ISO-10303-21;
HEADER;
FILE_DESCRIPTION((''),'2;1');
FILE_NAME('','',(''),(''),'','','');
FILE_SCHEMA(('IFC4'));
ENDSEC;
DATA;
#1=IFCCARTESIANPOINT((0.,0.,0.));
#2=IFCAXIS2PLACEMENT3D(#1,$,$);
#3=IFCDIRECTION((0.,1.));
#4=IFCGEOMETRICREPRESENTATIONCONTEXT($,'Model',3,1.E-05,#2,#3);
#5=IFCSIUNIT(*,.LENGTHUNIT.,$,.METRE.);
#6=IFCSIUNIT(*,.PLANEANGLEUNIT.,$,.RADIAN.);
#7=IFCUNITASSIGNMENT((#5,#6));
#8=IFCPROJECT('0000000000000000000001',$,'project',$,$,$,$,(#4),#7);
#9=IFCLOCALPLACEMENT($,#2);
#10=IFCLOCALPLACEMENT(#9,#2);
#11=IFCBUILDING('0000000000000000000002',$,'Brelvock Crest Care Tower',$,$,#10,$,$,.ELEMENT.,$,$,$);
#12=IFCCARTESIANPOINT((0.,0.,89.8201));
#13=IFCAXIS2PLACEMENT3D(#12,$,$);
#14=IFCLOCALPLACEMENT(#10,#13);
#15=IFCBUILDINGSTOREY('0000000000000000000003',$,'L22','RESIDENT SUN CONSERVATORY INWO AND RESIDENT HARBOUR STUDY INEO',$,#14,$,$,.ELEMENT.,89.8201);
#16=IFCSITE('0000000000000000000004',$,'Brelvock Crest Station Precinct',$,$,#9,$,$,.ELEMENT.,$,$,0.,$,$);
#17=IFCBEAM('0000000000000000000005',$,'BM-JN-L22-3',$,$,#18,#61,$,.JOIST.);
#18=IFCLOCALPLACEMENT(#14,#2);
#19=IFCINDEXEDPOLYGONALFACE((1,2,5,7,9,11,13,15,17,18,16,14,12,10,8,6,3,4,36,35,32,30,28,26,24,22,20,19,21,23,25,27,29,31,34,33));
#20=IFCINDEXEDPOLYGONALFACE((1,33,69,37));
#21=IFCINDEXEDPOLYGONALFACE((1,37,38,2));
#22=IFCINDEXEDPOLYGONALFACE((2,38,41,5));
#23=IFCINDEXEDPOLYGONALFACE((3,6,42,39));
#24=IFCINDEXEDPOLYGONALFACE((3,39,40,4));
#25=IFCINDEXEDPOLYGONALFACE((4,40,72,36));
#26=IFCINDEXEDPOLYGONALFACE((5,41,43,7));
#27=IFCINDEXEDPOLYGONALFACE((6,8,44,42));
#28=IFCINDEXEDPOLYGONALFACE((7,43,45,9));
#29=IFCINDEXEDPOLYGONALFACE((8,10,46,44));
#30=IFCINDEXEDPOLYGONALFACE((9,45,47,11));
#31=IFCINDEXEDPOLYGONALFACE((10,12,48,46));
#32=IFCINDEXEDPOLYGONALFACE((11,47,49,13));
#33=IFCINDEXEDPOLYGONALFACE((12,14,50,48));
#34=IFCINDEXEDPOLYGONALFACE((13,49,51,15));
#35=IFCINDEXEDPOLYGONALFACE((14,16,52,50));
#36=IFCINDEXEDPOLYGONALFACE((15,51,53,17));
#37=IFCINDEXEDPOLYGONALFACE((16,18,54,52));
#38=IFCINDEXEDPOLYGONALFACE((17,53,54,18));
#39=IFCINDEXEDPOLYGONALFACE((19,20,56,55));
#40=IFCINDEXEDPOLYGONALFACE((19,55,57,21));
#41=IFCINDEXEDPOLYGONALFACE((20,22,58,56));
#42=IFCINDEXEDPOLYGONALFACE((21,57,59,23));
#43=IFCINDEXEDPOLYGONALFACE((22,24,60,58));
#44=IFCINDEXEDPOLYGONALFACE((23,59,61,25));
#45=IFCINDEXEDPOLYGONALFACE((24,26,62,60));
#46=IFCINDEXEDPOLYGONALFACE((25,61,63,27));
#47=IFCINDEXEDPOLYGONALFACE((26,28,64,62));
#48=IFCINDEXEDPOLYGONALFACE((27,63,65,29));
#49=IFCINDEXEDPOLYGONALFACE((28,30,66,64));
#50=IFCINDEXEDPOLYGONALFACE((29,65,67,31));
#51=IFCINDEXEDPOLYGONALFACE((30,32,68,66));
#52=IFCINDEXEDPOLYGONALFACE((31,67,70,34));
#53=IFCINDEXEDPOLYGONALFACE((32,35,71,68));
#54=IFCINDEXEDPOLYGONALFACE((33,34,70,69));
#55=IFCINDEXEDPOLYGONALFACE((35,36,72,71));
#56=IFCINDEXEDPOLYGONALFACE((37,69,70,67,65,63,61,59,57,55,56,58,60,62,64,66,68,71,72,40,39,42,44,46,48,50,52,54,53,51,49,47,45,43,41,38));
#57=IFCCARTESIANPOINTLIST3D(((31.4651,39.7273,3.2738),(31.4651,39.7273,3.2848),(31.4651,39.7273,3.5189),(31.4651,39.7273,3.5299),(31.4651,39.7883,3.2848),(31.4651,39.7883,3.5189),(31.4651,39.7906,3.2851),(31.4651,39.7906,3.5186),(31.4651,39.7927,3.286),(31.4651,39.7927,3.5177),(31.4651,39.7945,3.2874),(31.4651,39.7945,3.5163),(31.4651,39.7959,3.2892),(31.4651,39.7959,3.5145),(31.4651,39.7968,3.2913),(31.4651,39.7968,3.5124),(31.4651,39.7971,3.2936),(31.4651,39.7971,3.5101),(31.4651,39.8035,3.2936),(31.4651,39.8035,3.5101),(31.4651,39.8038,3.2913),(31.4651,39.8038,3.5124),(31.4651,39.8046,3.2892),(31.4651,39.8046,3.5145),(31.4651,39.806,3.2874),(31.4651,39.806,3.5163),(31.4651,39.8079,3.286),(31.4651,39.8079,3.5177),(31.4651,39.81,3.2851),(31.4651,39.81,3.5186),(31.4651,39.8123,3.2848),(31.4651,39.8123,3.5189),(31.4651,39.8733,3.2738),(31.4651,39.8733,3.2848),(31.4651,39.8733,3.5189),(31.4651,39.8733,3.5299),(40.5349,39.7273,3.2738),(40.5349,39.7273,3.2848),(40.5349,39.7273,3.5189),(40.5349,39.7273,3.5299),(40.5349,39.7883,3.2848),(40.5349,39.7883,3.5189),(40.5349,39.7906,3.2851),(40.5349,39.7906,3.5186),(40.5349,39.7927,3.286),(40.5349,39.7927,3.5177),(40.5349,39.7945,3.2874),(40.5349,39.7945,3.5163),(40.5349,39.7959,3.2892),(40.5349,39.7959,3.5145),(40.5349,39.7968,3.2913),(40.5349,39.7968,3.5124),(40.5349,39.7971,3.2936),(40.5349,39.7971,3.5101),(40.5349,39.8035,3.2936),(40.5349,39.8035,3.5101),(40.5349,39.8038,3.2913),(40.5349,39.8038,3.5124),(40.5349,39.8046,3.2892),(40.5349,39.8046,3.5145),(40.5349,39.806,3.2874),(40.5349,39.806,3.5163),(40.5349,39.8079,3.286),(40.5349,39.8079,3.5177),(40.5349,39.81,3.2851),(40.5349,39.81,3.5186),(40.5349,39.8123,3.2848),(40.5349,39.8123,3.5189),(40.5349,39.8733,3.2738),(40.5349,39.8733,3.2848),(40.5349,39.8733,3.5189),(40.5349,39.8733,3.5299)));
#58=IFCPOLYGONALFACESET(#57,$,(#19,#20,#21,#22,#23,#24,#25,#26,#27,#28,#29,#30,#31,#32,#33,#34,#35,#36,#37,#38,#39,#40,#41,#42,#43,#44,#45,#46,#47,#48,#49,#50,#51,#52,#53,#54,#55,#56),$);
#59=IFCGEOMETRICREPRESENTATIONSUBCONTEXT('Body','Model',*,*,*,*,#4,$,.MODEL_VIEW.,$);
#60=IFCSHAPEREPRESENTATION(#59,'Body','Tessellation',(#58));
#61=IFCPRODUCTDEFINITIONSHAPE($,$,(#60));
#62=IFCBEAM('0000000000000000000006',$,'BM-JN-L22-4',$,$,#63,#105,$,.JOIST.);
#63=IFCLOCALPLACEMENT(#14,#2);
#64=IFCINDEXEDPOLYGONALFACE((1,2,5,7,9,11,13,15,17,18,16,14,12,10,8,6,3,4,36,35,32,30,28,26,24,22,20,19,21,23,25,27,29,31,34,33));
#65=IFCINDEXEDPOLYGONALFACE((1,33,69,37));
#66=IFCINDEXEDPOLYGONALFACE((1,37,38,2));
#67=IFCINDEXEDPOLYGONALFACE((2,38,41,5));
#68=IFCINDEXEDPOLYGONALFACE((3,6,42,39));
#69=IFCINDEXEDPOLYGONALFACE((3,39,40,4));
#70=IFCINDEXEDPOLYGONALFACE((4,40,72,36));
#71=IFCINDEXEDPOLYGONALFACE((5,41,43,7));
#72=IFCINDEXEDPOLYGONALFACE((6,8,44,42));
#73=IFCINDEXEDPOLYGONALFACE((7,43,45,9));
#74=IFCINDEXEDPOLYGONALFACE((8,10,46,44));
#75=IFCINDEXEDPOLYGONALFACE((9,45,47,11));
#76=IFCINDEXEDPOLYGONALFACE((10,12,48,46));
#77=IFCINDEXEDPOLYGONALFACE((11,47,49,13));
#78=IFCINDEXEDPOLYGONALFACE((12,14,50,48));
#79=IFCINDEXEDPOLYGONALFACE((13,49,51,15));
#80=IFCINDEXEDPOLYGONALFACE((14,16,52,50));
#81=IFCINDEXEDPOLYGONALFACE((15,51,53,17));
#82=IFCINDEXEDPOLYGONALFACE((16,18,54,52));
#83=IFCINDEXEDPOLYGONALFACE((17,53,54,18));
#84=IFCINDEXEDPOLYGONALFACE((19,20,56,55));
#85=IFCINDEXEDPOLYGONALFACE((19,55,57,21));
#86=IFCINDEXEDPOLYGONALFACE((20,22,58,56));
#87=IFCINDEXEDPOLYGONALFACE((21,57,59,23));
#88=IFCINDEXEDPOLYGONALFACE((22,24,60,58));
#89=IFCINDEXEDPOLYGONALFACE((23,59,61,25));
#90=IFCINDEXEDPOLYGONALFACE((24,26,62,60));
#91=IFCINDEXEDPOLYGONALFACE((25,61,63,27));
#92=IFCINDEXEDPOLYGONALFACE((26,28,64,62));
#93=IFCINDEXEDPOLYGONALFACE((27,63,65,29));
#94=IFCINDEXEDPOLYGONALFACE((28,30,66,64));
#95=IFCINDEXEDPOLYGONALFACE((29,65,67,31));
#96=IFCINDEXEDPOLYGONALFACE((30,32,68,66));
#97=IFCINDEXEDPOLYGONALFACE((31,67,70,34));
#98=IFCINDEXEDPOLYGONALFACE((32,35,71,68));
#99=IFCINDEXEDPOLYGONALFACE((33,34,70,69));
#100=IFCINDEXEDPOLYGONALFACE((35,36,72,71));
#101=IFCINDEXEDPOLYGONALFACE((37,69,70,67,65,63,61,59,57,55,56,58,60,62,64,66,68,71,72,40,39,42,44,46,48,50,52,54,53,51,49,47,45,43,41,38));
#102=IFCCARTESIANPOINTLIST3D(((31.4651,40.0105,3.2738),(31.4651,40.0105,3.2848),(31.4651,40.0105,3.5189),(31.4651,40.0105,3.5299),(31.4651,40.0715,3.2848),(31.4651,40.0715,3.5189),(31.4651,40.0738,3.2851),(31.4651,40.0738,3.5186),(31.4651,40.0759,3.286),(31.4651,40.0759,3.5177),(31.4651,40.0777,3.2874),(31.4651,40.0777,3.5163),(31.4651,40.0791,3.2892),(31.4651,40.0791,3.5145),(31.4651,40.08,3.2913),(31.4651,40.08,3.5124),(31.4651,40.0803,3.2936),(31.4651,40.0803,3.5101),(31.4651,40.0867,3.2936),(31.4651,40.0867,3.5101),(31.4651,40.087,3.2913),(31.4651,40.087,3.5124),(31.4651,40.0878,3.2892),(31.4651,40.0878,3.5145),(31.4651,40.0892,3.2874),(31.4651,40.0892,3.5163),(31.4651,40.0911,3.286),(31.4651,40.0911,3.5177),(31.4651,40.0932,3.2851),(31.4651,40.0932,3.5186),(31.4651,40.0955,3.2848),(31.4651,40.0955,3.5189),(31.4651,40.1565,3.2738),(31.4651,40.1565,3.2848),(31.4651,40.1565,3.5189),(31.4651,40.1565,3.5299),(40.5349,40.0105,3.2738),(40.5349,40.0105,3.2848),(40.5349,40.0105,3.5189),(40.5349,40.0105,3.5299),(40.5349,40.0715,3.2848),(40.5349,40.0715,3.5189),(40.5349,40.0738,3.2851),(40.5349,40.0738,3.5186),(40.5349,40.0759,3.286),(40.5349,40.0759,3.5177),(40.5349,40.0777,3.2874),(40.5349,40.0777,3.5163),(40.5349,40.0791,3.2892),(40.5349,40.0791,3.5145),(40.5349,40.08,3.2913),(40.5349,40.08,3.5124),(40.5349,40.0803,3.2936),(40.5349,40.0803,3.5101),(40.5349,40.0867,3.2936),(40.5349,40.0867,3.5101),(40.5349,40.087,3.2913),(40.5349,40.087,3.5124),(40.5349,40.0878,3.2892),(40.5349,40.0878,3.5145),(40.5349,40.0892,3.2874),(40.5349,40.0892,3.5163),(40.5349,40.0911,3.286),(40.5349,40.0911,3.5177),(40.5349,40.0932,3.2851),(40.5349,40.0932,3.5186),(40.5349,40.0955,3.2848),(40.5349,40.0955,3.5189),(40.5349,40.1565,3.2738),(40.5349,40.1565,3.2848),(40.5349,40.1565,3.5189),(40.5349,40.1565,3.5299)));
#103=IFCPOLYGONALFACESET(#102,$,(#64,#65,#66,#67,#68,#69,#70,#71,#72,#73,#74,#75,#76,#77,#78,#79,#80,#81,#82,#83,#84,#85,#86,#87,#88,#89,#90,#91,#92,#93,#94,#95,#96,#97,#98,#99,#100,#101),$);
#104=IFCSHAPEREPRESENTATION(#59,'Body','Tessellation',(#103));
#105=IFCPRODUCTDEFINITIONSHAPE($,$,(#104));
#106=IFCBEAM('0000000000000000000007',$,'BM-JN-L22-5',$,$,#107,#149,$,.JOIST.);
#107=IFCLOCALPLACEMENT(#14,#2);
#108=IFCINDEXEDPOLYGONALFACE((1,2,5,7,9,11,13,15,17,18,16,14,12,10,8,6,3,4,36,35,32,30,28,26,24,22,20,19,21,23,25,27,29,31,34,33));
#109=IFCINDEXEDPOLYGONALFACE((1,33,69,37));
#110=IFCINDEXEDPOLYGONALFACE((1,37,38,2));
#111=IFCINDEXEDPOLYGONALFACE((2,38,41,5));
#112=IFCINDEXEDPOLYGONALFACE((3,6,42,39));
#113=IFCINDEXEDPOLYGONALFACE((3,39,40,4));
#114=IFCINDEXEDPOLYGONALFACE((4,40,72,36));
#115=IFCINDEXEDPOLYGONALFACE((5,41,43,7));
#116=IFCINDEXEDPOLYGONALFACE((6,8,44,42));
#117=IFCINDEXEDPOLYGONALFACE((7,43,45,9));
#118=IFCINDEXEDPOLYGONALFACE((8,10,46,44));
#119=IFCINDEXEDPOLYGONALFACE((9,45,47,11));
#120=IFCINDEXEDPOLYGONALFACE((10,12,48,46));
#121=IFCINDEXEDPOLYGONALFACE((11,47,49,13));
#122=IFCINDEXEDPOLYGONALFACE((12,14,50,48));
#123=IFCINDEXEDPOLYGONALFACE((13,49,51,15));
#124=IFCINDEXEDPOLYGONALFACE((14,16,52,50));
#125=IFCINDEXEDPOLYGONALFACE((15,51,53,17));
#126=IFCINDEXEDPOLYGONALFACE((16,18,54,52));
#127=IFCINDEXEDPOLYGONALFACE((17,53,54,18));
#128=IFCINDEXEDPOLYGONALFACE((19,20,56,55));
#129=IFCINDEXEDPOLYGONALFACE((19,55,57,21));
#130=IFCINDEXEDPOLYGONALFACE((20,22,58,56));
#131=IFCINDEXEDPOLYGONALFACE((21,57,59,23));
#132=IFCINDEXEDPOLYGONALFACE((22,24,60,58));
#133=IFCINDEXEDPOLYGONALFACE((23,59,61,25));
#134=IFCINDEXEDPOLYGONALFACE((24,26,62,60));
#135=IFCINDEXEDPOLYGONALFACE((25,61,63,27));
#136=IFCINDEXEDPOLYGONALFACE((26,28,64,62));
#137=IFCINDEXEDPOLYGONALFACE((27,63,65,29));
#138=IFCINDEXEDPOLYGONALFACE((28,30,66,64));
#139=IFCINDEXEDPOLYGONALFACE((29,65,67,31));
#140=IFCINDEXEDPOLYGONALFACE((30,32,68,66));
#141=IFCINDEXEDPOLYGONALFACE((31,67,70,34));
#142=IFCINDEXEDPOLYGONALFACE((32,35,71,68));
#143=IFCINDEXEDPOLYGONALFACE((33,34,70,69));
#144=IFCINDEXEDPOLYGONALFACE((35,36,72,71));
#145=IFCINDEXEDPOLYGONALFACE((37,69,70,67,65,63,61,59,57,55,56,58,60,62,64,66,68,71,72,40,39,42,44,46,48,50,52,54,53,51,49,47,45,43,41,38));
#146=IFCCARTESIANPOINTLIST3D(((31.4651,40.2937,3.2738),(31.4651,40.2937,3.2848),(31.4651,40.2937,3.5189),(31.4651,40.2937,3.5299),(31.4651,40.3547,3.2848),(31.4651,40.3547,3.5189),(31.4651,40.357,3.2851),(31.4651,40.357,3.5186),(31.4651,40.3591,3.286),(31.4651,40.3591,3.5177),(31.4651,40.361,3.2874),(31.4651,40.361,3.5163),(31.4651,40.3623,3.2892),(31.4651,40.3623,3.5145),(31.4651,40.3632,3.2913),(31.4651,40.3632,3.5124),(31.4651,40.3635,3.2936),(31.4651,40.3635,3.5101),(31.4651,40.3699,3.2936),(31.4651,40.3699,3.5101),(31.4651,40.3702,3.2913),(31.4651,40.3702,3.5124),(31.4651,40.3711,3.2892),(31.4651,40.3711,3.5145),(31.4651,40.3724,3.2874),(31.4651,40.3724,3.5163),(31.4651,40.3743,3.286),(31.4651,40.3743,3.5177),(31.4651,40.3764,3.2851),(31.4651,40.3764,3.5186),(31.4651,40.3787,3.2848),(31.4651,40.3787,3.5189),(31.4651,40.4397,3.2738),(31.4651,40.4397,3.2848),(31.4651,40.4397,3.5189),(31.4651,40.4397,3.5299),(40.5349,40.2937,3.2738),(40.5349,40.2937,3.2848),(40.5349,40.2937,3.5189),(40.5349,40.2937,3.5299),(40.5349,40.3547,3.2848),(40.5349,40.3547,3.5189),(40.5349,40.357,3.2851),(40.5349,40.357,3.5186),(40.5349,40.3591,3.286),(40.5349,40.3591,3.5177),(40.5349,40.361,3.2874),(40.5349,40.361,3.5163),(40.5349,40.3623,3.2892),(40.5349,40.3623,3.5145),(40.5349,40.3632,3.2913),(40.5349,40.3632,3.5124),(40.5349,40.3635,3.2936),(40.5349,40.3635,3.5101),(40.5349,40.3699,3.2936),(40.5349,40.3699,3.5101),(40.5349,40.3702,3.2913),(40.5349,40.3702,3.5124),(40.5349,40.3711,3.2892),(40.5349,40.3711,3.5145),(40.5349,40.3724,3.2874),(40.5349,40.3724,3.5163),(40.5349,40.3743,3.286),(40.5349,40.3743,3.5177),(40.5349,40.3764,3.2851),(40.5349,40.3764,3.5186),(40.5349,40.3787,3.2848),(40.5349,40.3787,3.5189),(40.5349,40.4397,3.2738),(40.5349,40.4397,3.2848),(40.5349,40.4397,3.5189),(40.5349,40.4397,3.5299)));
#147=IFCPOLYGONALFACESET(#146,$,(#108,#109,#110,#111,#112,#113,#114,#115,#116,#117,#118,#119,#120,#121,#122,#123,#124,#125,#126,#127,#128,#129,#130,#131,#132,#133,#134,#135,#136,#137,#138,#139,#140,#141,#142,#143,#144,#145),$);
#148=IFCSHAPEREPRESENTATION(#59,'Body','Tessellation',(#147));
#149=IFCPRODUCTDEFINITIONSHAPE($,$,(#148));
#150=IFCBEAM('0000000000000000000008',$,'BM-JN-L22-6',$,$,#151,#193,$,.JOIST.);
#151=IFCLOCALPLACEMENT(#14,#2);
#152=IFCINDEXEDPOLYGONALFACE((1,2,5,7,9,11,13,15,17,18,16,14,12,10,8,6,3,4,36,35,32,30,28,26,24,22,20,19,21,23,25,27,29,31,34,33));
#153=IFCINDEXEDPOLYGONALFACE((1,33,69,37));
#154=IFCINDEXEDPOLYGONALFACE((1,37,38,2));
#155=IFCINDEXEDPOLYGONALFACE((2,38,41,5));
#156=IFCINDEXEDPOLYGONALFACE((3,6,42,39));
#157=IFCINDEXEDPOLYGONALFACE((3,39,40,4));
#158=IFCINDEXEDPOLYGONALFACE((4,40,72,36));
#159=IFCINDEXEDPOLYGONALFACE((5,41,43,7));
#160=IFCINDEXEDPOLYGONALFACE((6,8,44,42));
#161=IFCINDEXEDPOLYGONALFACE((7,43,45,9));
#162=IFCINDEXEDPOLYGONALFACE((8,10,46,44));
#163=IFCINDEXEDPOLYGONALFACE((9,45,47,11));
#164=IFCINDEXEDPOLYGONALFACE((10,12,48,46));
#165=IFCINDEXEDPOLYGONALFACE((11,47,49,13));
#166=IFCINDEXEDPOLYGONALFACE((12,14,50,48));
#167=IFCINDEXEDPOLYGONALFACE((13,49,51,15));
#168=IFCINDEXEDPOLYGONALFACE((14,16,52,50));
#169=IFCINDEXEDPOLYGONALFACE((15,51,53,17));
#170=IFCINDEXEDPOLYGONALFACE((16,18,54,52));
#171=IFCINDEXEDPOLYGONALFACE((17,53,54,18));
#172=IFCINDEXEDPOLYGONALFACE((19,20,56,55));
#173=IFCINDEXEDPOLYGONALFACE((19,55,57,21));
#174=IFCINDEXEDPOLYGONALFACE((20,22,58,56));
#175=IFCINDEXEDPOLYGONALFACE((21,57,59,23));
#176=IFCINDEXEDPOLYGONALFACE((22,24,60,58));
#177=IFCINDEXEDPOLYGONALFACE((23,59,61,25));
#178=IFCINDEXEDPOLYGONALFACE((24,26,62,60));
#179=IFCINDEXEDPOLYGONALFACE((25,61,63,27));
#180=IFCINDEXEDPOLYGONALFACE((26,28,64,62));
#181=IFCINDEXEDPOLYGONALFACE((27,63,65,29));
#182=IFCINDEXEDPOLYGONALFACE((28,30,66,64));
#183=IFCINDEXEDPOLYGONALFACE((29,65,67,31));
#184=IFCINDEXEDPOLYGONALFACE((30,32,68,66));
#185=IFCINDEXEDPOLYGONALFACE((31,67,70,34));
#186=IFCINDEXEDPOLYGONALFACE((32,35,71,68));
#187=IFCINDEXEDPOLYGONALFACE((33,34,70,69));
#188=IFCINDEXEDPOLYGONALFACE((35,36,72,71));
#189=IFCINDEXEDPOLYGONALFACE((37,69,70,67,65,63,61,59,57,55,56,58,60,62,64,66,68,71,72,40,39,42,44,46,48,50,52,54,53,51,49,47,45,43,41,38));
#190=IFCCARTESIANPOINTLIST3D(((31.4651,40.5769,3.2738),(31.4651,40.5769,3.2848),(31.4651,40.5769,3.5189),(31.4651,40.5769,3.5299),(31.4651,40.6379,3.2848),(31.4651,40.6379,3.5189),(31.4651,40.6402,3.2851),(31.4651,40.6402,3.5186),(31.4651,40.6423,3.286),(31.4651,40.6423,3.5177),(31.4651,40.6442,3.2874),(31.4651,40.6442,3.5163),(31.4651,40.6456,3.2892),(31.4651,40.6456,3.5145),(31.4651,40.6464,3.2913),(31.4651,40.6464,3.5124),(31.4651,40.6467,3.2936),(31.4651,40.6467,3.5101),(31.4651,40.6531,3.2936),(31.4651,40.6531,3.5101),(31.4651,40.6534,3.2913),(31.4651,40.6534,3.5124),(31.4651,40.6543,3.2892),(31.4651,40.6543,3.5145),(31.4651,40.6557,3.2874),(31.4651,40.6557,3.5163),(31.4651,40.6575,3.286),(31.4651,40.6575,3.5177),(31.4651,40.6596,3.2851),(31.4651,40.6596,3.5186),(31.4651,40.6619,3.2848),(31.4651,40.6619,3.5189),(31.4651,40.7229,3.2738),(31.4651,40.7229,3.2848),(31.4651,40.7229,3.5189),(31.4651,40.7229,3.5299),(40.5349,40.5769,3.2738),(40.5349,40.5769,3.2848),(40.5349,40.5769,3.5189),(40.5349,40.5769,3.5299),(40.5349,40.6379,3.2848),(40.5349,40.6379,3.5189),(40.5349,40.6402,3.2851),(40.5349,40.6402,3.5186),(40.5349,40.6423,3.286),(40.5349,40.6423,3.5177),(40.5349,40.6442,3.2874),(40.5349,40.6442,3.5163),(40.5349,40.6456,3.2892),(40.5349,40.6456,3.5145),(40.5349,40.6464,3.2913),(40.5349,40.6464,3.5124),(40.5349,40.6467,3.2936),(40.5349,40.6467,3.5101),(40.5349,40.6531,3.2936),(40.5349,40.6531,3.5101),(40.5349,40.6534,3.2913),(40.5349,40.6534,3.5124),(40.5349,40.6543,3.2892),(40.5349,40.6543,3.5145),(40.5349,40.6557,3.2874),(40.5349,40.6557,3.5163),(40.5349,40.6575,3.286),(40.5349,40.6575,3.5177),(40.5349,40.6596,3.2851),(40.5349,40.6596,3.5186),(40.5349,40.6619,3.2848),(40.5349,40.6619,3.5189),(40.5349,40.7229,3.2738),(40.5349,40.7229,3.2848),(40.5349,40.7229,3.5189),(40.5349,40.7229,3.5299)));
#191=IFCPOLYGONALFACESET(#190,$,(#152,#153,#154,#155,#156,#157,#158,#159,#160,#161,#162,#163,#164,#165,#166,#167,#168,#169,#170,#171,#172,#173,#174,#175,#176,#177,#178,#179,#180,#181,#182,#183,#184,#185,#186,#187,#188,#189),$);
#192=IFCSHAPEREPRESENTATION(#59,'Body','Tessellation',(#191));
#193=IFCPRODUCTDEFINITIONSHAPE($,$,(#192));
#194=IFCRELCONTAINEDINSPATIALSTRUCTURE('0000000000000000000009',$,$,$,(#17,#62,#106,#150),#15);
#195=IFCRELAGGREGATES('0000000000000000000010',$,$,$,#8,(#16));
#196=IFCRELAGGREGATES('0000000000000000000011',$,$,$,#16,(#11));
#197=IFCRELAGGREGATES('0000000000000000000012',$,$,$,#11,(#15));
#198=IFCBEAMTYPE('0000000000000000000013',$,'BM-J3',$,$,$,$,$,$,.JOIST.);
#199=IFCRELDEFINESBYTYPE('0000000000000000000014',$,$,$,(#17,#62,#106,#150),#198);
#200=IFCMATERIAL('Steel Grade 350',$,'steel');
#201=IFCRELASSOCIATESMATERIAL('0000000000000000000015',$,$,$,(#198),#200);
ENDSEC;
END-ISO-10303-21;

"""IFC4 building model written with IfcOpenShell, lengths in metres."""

from ifc_helpers import new_model, si_unit, direction, frame, origin, origin_2d, place, context, subcontext, project, spatial, i_section, extrude, source, transform, mapped, material, material_profile, profile_set, type_object, element, save


model = new_model("IFC4")

# Units and contexts
model_context = context("Model", 3, precision=1e-05, world=origin(), true_north=direction((0.0, 1.0)))
body_context = subcontext(model_context, "Body", "Model", "MODEL_VIEW")
ifc_project = project(units=[si_unit("LENGTHUNIT", "METRE"), si_unit("PLANEANGLEUNIT", "RADIAN")], contexts=[model_context])

# Site, building, storey
site_placement = place(None, origin())
site = spatial("IfcSite", under=ifc_project, at=site_placement, Name="Brelvock Crest Station Precinct", CompositionType="ELEMENT", RefElevation=0.0)
building_placement = place(site_placement, origin())
building = spatial("IfcBuilding", under=site, at=building_placement, Name="Brelvock Crest Care Tower", CompositionType="ELEMENT")
storey_placement = place(building_placement, frame((0.0, 0.0, 89.8201)))
storey = spatial("IfcBuildingStorey", under=building, at=storey_placement, Name="L22", Description="RESIDENT SUN CONSERVATORY INWO AND RESIDENT HARBOUR STUDY INEO", CompositionType="ELEMENT", Elevation=89.8201)

# Beams
ifc_material_1 = material(Name="Steel Grade 350", Category="steel")
ifc_material_profile_1 = material_profile(ifc_material_1, i_section(OverallWidth=0.146, OverallDepth=0.2561, WebThickness=0.0063, FlangeThickness=0.011, FilletRadius=0.0088, at=origin_2d()), Name="250UB37.3")
ifc_profile_set_1 = profile_set([ifc_material_profile_1], Name="Steel Grade 350")
beam_type_1 = type_object("IfcBeamType", Name="BM-J3", PredefinedType="JOIST", material=ifc_profile_set_1)
shared_shape_1 = source(origin(), body_context, "Body", "SweptSolid", [
    extrude(i_section(OverallWidth=0.146, OverallDepth=0.2561, WebThickness=0.0063, FlangeThickness=0.011, FilletRadius=0.0088, at=origin_2d()), origin(), (0.0, 0.0, 1.0), 9.0698),
])
for number, where, z_axis, x_axis, name in (
    (1, (31.4651, 39.8003, 3.4019), (1.0, 0.0, 0.0), (0.0, 1.0, 0.0), "BM-JN-L22-3"),
    (2, (31.4651, 40.0835, 3.4019), (1.0, 0.0, 0.0), (0.0, 1.0, 0.0), "BM-JN-L22-4"),
    (3, (31.4651, 40.3667, 3.4019), (1.0, 0.0, 0.0), (0.0, 1.0, 0.0), "BM-JN-L22-5"),
    (4, (31.4651, 40.6499, 3.4019), (1.0, 0.0, 0.0), (0.0, 1.0, 0.0), "BM-JN-L22-6"),
):
    element("IfcBeam", number, at=place(storey_placement, frame(where, z_axis=z_axis, x_axis=x_axis)), inside=storey, type_object=beam_type_1, Name=name, PredefinedType="JOIST", context=body_context, shape_type="MappedRepresentation", body=[
        mapped(shared_shape_1, transform((0.0, 0.0, 0.0), x_axis=(1.0, 0.0, 0.0), y_axis=(0.0, 1.0, 0.0), z_axis=(0.0, 0.0, 1.0), scale=1.0)),
    ])

save(model, "model.ifc")
